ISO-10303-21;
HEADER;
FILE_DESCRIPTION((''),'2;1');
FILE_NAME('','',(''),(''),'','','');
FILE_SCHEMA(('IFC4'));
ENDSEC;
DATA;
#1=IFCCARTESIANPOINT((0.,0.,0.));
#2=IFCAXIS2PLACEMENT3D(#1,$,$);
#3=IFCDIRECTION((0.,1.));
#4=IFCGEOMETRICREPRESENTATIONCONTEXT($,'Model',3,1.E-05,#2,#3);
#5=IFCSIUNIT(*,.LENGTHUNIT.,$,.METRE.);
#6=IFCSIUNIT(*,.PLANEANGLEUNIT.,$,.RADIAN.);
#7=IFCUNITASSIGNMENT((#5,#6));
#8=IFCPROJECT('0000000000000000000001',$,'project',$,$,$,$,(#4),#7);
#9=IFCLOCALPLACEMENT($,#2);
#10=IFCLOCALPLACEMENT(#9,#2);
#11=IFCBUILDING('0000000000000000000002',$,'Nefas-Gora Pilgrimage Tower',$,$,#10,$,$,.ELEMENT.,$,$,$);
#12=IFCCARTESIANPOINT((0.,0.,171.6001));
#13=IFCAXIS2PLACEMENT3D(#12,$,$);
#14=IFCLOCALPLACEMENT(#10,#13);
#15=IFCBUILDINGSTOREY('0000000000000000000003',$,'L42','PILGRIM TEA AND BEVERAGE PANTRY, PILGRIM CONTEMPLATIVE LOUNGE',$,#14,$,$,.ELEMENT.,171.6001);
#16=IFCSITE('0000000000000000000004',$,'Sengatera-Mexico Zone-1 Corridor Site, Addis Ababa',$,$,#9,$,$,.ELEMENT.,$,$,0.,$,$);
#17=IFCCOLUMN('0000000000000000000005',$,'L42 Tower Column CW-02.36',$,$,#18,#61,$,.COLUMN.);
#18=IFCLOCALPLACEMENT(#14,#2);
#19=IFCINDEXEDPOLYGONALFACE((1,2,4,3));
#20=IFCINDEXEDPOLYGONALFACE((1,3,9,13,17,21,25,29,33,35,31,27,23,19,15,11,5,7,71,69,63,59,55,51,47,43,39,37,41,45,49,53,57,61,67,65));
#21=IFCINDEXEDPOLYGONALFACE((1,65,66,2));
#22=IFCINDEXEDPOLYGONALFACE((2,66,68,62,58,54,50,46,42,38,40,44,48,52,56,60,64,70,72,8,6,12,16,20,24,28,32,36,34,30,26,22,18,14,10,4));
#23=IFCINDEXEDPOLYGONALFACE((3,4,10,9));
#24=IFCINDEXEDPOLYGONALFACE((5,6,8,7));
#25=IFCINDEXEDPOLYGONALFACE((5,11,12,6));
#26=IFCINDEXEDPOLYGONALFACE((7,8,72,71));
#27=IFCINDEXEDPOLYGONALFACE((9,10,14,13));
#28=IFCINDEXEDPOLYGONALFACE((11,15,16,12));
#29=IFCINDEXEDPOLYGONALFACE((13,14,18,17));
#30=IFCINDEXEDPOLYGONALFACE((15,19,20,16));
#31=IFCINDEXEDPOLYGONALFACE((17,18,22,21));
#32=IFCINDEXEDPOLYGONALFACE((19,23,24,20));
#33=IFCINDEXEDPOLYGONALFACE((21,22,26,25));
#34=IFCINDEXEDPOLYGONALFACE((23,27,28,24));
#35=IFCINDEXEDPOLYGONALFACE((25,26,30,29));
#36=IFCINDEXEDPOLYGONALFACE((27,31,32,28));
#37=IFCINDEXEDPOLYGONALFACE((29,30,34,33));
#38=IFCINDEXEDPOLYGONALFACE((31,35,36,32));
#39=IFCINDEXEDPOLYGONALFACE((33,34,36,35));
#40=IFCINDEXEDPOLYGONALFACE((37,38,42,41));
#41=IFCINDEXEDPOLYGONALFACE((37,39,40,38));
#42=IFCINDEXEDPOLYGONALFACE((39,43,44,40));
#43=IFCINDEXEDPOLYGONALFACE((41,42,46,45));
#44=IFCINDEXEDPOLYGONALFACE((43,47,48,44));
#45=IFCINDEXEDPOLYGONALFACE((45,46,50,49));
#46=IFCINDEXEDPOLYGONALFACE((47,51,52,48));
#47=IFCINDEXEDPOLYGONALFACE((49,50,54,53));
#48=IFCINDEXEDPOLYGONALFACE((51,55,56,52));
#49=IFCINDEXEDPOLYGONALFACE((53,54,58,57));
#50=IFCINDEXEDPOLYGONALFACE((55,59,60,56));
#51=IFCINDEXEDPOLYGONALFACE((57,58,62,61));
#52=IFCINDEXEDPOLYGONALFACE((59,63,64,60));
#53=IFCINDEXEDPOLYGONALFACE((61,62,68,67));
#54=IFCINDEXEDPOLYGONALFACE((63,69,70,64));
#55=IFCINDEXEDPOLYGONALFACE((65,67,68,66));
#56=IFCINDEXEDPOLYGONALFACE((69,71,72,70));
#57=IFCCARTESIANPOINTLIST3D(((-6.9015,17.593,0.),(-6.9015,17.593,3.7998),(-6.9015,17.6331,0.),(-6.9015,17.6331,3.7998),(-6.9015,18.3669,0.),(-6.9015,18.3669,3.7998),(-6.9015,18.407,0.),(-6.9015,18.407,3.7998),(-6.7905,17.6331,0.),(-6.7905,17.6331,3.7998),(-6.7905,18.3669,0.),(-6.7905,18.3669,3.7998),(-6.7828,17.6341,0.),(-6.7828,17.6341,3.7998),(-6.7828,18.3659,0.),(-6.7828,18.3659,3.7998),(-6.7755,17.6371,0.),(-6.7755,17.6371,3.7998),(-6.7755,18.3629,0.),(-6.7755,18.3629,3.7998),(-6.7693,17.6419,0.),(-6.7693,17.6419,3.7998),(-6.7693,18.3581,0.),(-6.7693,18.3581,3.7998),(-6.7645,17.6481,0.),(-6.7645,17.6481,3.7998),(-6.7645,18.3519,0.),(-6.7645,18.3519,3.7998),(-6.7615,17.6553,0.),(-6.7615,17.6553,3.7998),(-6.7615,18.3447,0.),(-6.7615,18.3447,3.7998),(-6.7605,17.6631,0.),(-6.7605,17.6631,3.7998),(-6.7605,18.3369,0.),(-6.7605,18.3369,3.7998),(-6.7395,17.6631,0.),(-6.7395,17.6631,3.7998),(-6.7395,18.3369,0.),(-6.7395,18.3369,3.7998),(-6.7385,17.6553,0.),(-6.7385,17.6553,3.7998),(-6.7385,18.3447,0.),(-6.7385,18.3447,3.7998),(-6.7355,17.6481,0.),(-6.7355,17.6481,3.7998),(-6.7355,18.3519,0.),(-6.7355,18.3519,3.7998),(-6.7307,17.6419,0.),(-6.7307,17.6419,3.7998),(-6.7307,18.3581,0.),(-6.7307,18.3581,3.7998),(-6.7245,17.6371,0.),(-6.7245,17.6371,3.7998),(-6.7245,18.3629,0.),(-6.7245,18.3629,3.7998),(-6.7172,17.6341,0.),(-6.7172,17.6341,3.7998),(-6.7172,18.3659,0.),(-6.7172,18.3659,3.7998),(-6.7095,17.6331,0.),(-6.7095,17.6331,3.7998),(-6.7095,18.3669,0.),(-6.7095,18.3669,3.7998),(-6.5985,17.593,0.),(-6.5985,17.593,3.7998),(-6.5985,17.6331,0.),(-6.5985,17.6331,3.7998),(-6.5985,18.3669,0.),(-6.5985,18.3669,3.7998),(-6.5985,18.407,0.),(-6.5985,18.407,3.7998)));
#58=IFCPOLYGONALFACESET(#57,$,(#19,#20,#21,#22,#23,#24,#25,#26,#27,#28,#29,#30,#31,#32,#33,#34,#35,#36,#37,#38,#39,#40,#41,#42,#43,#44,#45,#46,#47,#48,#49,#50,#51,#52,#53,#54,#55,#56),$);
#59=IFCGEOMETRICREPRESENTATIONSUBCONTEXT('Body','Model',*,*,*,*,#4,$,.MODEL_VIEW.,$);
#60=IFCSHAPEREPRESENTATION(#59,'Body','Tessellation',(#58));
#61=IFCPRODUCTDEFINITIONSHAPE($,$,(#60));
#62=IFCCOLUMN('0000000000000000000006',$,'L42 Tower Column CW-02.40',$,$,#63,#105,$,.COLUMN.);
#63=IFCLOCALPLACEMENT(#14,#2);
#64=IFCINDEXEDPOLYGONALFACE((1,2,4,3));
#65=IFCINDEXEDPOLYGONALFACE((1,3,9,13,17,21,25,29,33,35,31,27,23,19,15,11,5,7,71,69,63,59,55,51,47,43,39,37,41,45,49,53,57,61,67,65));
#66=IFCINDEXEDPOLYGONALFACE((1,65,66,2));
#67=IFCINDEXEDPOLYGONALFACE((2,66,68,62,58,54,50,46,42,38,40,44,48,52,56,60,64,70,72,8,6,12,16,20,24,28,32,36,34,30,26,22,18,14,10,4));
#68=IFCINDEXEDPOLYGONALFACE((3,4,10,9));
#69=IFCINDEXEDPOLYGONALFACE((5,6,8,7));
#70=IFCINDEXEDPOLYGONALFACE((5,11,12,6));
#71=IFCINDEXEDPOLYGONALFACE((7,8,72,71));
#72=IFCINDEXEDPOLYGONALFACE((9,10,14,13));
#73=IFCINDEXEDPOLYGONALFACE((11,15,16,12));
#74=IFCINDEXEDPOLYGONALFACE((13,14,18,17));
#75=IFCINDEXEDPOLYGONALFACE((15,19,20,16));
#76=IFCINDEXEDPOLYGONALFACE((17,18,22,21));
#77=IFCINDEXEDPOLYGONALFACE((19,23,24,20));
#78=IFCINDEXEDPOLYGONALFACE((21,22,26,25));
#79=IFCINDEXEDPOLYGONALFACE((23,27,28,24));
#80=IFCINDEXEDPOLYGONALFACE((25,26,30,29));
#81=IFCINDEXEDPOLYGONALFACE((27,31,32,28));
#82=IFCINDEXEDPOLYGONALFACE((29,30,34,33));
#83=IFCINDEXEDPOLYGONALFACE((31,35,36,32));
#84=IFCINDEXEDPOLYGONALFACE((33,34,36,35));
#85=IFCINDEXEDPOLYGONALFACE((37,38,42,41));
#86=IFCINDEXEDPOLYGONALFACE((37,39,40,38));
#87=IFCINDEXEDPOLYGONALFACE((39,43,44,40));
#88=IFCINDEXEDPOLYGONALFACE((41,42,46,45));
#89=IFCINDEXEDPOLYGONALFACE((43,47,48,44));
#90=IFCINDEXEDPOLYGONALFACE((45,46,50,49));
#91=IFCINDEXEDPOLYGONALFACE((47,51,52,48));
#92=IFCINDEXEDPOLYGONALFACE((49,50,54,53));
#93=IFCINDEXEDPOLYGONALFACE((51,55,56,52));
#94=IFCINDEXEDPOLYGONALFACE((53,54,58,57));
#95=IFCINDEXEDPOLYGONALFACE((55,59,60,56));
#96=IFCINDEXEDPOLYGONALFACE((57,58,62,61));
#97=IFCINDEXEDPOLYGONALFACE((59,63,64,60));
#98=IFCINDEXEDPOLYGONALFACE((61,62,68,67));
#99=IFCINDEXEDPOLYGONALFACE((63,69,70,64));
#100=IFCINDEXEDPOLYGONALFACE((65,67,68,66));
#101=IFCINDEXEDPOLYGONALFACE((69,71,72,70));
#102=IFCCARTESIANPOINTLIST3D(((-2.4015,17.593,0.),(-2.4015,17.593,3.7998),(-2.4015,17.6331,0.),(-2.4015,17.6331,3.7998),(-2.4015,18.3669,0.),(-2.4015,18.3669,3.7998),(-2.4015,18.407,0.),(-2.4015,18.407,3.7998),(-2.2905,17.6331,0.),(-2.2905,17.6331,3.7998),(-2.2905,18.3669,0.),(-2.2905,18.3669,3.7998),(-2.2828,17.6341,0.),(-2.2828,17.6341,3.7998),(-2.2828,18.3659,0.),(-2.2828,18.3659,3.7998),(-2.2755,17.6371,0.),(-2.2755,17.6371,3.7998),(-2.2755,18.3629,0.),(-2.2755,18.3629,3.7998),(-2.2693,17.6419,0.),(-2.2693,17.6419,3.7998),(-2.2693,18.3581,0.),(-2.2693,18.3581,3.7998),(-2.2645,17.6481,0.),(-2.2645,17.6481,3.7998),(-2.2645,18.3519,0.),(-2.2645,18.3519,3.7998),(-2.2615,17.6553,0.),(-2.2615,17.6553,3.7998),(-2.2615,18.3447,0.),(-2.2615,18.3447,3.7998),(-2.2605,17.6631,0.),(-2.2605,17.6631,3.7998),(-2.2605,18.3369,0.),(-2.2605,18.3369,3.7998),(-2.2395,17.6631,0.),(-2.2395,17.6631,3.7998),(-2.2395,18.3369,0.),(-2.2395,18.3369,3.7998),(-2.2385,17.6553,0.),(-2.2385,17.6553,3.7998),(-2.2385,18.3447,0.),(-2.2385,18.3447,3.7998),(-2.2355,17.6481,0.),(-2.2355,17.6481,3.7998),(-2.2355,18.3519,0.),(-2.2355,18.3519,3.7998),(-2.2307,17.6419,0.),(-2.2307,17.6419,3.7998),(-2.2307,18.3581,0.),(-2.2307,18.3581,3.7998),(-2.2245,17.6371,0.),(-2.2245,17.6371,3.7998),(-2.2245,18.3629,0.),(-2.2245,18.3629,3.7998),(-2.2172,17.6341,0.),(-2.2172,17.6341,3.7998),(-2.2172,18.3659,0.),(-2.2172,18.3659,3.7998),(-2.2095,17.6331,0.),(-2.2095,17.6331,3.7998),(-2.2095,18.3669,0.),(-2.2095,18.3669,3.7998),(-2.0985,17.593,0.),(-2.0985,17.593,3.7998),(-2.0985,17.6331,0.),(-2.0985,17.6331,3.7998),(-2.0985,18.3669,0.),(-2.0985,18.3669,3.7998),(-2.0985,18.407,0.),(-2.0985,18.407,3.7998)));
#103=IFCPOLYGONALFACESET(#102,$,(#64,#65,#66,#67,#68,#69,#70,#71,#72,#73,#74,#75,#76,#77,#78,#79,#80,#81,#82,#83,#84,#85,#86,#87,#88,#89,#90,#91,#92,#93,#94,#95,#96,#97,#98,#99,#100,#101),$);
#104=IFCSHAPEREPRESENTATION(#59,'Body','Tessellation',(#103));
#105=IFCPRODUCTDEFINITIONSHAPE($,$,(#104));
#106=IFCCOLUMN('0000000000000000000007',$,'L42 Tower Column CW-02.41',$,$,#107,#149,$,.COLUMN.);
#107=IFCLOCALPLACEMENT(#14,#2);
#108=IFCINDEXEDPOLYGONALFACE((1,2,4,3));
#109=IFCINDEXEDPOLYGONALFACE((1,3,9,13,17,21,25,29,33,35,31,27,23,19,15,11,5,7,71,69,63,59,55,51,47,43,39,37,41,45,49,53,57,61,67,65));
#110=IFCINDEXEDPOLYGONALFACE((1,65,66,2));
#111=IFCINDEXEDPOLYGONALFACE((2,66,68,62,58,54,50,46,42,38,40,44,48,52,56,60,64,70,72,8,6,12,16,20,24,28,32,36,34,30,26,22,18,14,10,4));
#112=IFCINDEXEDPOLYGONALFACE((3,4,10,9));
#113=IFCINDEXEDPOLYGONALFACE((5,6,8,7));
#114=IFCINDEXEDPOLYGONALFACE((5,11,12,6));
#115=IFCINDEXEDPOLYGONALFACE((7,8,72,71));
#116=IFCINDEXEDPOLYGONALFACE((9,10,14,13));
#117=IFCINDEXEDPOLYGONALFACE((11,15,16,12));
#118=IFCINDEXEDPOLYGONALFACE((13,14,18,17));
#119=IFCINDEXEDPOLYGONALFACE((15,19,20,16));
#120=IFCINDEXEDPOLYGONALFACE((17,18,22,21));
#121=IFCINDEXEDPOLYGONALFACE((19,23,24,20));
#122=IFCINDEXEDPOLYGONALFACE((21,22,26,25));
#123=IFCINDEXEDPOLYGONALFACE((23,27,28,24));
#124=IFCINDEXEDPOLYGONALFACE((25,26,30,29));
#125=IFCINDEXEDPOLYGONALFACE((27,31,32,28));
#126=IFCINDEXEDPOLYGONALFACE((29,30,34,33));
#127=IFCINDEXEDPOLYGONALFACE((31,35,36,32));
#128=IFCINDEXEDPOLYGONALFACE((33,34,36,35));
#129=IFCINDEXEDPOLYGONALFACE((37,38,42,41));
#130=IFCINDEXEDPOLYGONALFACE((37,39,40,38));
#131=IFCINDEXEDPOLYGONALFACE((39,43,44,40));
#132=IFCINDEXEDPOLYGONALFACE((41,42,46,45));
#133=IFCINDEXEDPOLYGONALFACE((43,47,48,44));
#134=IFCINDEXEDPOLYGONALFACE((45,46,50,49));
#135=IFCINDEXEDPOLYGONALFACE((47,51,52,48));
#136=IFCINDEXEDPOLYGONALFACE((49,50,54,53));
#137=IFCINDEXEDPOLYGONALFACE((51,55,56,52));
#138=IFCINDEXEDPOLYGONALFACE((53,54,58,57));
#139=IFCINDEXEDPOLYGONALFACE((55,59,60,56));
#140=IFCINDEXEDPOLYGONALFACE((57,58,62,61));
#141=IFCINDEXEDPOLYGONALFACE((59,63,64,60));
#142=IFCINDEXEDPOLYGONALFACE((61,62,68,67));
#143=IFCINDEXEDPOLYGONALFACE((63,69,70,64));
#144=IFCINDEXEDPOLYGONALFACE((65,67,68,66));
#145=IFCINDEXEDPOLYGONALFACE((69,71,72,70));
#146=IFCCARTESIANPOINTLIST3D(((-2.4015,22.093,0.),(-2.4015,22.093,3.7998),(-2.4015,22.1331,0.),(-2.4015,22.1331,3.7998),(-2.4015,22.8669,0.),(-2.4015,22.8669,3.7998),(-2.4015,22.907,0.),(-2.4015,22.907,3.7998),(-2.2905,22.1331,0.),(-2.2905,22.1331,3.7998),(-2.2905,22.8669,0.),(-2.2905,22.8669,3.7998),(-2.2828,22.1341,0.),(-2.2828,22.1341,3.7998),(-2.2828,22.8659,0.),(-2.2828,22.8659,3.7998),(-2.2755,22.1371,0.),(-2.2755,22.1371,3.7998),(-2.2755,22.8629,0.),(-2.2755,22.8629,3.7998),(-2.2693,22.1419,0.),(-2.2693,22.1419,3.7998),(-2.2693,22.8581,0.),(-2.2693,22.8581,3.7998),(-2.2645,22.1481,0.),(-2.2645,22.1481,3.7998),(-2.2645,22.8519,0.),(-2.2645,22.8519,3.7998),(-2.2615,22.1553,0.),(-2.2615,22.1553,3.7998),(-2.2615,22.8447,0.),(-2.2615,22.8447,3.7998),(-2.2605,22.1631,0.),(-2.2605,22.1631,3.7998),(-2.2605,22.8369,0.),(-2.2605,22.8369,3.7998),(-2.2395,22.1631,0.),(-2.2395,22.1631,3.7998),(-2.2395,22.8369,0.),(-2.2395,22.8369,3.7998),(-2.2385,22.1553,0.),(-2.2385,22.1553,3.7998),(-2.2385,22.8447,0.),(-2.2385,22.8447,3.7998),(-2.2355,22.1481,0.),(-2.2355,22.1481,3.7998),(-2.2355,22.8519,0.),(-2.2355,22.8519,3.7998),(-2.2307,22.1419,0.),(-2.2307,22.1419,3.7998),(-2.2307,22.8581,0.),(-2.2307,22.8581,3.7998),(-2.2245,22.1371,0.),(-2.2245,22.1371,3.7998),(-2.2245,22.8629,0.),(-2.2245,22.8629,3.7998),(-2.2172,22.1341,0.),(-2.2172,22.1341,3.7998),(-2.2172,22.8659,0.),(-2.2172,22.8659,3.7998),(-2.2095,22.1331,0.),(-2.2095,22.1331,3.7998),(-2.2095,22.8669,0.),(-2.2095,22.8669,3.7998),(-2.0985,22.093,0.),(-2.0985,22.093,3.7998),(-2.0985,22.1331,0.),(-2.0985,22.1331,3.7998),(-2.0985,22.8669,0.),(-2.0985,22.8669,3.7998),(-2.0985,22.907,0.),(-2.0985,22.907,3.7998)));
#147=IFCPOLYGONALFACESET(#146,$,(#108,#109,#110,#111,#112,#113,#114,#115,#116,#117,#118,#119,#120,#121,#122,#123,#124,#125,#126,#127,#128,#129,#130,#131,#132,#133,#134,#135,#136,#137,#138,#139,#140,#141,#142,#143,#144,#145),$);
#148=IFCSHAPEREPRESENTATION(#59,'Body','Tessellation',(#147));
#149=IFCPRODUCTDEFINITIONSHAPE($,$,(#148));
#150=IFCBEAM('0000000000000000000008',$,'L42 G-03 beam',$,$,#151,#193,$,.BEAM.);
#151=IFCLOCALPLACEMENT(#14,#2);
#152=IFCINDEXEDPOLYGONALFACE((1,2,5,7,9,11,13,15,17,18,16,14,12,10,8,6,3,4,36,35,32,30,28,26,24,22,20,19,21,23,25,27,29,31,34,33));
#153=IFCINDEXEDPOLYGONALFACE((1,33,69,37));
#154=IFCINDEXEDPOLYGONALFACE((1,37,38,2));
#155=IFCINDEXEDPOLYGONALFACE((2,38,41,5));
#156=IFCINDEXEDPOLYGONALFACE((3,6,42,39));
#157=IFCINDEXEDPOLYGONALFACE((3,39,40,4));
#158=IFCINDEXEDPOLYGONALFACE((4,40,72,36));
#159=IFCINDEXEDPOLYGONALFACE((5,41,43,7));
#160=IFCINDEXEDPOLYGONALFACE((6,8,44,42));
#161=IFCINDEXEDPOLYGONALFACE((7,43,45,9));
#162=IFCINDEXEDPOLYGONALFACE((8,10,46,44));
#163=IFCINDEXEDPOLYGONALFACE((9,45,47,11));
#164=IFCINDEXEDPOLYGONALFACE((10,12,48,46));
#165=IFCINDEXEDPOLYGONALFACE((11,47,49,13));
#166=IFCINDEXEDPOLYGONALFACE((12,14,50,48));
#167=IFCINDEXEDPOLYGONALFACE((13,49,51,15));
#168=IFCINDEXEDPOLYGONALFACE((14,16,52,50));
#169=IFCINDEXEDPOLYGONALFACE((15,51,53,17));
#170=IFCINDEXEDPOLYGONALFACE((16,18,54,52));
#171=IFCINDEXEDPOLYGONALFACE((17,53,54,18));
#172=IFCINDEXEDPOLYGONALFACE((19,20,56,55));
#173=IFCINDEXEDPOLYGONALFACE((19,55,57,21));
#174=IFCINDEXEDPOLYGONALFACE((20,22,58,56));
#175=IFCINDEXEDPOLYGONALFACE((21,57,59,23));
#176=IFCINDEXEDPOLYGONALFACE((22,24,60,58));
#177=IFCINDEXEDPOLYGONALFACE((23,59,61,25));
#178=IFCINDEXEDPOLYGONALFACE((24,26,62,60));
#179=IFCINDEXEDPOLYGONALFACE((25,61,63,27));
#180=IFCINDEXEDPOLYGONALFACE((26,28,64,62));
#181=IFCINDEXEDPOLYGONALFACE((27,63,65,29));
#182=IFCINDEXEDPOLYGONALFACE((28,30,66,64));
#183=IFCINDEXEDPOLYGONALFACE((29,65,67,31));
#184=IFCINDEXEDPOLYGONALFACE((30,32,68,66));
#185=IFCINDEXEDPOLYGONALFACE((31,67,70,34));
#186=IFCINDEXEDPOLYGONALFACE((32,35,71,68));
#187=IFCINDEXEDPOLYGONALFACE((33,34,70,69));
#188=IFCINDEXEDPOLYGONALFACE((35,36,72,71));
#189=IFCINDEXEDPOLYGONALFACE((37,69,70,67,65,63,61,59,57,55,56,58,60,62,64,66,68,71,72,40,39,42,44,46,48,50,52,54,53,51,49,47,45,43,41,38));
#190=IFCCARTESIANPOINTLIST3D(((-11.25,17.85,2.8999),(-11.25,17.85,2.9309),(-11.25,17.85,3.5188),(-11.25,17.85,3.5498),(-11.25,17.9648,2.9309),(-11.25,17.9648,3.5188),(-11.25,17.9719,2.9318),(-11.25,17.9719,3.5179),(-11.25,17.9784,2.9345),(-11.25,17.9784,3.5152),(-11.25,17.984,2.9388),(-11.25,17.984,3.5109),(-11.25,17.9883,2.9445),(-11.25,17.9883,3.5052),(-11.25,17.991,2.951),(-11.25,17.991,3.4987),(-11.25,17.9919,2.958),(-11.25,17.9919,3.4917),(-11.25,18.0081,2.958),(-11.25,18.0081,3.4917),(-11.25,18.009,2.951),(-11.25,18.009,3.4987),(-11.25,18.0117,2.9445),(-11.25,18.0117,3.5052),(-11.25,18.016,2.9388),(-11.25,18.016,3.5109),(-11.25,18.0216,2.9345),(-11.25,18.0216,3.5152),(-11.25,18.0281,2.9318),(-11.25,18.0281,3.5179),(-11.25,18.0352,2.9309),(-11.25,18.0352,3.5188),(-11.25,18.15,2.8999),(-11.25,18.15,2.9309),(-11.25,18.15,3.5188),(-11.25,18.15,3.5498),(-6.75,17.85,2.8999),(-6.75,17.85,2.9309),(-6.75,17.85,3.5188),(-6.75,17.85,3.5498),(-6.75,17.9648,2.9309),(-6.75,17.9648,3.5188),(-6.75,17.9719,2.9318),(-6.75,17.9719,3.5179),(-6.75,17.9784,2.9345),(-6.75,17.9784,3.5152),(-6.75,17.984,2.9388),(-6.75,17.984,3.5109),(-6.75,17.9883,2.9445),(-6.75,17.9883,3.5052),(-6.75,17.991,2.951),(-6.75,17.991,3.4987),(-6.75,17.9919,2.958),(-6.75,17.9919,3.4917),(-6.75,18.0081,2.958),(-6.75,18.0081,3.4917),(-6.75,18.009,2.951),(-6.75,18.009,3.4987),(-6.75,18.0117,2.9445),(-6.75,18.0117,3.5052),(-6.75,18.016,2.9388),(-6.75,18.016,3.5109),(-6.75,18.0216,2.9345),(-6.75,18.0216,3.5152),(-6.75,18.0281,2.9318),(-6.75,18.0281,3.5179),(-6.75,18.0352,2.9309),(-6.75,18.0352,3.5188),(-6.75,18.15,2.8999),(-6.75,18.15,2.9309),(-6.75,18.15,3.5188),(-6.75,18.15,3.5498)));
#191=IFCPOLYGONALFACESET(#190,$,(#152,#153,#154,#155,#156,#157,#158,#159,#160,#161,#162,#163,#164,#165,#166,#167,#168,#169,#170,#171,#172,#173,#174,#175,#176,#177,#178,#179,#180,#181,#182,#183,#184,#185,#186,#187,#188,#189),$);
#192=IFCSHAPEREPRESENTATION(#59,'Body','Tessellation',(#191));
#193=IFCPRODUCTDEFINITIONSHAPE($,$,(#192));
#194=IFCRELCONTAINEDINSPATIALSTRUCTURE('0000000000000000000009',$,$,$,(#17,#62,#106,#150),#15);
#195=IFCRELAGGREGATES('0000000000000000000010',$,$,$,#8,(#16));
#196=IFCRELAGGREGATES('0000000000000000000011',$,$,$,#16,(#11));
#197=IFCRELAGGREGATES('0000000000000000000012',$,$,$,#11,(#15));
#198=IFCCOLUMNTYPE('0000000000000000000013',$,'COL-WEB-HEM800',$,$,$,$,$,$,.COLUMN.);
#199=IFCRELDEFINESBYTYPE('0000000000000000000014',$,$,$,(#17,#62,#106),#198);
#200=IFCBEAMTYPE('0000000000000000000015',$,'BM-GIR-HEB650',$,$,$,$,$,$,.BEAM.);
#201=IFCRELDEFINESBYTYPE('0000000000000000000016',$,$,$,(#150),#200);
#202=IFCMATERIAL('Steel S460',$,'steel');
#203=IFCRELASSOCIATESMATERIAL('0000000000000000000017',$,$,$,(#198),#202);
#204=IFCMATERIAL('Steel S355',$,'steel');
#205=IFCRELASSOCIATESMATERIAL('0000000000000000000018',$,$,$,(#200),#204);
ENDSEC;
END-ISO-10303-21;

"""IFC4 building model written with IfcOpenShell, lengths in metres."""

from ifc_helpers import new_model, si_unit, direction, frame, origin, origin_2d, place, context, subcontext, project, spatial, i_section, extrude, source, transform, mapped, material, material_profile, profile_set, type_object, element, save


model = new_model("IFC4")

# Units and contexts
model_context = context("Model", 3, precision=1e-05, world=origin(), true_north=direction((0.0, 1.0)))
body_context = subcontext(model_context, "Body", "Model", "MODEL_VIEW")
ifc_project = project(units=[si_unit("LENGTHUNIT", "METRE"), si_unit("PLANEANGLEUNIT", "RADIAN")], contexts=[model_context])

# Site, building, storey
site_placement = place(None, origin())
site = spatial("IfcSite", under=ifc_project, at=site_placement, Name="Sengatera-Mexico Zone-1 Corridor Site, Addis Ababa", CompositionType="ELEMENT", RefElevation=0.0)
building_placement = place(site_placement, origin())
building = spatial("IfcBuilding", under=site, at=building_placement, Name="Nefas-Gora Pilgrimage Tower", CompositionType="ELEMENT")
storey_placement = place(building_placement, frame((0.0, 0.0, 171.6001)))
storey = spatial("IfcBuildingStorey", under=building, at=storey_placement, Name="L42", Description="PILGRIM TEA AND BEVERAGE PANTRY, PILGRIM CONTEMPLATIVE LOUNGE", CompositionType="ELEMENT", Elevation=171.6001)

# Columns
ifc_material_1 = material(Name="Steel S460", Category="steel")
ifc_material_profile_1 = material_profile(ifc_material_1, i_section(OverallWidth=0.303, OverallDepth=0.814, WebThickness=0.021, FlangeThickness=0.04, FilletRadius=0.03, at=origin_2d()), Name="HEM 800")
ifc_profile_set_1 = profile_set([ifc_material_profile_1], Name="Steel S460")
column_type_1 = type_object("IfcColumnType", Name="COL-WEB-HEM800", PredefinedType="COLUMN", material=ifc_profile_set_1)
shared_shape_1 = source(origin(), body_context, "Body", "SweptSolid", [
    extrude(i_section(OverallWidth=0.303, OverallDepth=0.814, WebThickness=0.021, FlangeThickness=0.04, FilletRadius=0.03, at=origin_2d()), origin(), (0.0, 0.0, 1.0), 3.7998),
])
for number, where, z_axis, x_axis, name in (
    (1, (-6.75, 18.0, 0.0), (0.0, 0.0, 1.0), (1.0, 0.0, 0.0), "L42 Tower Column CW-02.36"),
    (2, (-2.25, 18.0, 0.0), (0.0, 0.0, 1.0), (1.0, 0.0, 0.0), "L42 Tower Column CW-02.40"),
    (3, (-2.25, 22.5, 0.0), (0.0, 0.0, 1.0), (1.0, 0.0, 0.0), "L42 Tower Column CW-02.41"),
):
    element("IfcColumn", number, at=place(storey_placement, frame(where, z_axis=z_axis, x_axis=x_axis)), inside=storey, type_object=column_type_1, Name=name, PredefinedType="COLUMN", context=body_context, shape_type="MappedRepresentation", body=[
        mapped(shared_shape_1, transform((0.0, 0.0, 0.0), x_axis=(1.0, 0.0, 0.0), y_axis=(0.0, 1.0, 0.0), z_axis=(0.0, 0.0, 1.0), scale=1.0)),
    ])

# Beam
ifc_material_2 = material(Name="Steel S355", Category="steel")
ifc_material_profile_2 = material_profile(ifc_material_2, i_section(OverallWidth=0.3, OverallDepth=0.6499, WebThickness=0.0161, FlangeThickness=0.031, FilletRadius=0.0271, at=origin_2d()), Name="HEB 650")
ifc_profile_set_2 = profile_set([ifc_material_profile_2], Name="Steel S355")
beam_type = type_object("IfcBeamType", Name="BM-GIR-HEB650", PredefinedType="BEAM", material=ifc_profile_set_2)
shared_shape_2 = source(origin(), body_context, "Body", "SweptSolid", [
    extrude(i_section(OverallWidth=0.3, OverallDepth=0.6499, WebThickness=0.0161, FlangeThickness=0.031, FilletRadius=0.0271, at=origin_2d()), origin(), (0.0, 0.0, 1.0), 4.5),
])
for number, where, z_axis, x_axis, name in (
    (4, (-11.25, 18.0, 3.2249), (1.0, 0.0, 0.0), (0.0, 1.0, 0.0), "L42 G-03 beam"),
):
    element("IfcBeam", number, at=place(storey_placement, frame(where, z_axis=z_axis, x_axis=x_axis)), inside=storey, type_object=beam_type, Name=name, PredefinedType="BEAM", context=body_context, shape_type="MappedRepresentation", body=[
        mapped(shared_shape_2, transform((0.0, 0.0, 0.0), x_axis=(1.0, 0.0, 0.0), y_axis=(0.0, 1.0, 0.0), z_axis=(0.0, 0.0, 1.0), scale=1.0)),
    ])

save(model, "model.ifc")
